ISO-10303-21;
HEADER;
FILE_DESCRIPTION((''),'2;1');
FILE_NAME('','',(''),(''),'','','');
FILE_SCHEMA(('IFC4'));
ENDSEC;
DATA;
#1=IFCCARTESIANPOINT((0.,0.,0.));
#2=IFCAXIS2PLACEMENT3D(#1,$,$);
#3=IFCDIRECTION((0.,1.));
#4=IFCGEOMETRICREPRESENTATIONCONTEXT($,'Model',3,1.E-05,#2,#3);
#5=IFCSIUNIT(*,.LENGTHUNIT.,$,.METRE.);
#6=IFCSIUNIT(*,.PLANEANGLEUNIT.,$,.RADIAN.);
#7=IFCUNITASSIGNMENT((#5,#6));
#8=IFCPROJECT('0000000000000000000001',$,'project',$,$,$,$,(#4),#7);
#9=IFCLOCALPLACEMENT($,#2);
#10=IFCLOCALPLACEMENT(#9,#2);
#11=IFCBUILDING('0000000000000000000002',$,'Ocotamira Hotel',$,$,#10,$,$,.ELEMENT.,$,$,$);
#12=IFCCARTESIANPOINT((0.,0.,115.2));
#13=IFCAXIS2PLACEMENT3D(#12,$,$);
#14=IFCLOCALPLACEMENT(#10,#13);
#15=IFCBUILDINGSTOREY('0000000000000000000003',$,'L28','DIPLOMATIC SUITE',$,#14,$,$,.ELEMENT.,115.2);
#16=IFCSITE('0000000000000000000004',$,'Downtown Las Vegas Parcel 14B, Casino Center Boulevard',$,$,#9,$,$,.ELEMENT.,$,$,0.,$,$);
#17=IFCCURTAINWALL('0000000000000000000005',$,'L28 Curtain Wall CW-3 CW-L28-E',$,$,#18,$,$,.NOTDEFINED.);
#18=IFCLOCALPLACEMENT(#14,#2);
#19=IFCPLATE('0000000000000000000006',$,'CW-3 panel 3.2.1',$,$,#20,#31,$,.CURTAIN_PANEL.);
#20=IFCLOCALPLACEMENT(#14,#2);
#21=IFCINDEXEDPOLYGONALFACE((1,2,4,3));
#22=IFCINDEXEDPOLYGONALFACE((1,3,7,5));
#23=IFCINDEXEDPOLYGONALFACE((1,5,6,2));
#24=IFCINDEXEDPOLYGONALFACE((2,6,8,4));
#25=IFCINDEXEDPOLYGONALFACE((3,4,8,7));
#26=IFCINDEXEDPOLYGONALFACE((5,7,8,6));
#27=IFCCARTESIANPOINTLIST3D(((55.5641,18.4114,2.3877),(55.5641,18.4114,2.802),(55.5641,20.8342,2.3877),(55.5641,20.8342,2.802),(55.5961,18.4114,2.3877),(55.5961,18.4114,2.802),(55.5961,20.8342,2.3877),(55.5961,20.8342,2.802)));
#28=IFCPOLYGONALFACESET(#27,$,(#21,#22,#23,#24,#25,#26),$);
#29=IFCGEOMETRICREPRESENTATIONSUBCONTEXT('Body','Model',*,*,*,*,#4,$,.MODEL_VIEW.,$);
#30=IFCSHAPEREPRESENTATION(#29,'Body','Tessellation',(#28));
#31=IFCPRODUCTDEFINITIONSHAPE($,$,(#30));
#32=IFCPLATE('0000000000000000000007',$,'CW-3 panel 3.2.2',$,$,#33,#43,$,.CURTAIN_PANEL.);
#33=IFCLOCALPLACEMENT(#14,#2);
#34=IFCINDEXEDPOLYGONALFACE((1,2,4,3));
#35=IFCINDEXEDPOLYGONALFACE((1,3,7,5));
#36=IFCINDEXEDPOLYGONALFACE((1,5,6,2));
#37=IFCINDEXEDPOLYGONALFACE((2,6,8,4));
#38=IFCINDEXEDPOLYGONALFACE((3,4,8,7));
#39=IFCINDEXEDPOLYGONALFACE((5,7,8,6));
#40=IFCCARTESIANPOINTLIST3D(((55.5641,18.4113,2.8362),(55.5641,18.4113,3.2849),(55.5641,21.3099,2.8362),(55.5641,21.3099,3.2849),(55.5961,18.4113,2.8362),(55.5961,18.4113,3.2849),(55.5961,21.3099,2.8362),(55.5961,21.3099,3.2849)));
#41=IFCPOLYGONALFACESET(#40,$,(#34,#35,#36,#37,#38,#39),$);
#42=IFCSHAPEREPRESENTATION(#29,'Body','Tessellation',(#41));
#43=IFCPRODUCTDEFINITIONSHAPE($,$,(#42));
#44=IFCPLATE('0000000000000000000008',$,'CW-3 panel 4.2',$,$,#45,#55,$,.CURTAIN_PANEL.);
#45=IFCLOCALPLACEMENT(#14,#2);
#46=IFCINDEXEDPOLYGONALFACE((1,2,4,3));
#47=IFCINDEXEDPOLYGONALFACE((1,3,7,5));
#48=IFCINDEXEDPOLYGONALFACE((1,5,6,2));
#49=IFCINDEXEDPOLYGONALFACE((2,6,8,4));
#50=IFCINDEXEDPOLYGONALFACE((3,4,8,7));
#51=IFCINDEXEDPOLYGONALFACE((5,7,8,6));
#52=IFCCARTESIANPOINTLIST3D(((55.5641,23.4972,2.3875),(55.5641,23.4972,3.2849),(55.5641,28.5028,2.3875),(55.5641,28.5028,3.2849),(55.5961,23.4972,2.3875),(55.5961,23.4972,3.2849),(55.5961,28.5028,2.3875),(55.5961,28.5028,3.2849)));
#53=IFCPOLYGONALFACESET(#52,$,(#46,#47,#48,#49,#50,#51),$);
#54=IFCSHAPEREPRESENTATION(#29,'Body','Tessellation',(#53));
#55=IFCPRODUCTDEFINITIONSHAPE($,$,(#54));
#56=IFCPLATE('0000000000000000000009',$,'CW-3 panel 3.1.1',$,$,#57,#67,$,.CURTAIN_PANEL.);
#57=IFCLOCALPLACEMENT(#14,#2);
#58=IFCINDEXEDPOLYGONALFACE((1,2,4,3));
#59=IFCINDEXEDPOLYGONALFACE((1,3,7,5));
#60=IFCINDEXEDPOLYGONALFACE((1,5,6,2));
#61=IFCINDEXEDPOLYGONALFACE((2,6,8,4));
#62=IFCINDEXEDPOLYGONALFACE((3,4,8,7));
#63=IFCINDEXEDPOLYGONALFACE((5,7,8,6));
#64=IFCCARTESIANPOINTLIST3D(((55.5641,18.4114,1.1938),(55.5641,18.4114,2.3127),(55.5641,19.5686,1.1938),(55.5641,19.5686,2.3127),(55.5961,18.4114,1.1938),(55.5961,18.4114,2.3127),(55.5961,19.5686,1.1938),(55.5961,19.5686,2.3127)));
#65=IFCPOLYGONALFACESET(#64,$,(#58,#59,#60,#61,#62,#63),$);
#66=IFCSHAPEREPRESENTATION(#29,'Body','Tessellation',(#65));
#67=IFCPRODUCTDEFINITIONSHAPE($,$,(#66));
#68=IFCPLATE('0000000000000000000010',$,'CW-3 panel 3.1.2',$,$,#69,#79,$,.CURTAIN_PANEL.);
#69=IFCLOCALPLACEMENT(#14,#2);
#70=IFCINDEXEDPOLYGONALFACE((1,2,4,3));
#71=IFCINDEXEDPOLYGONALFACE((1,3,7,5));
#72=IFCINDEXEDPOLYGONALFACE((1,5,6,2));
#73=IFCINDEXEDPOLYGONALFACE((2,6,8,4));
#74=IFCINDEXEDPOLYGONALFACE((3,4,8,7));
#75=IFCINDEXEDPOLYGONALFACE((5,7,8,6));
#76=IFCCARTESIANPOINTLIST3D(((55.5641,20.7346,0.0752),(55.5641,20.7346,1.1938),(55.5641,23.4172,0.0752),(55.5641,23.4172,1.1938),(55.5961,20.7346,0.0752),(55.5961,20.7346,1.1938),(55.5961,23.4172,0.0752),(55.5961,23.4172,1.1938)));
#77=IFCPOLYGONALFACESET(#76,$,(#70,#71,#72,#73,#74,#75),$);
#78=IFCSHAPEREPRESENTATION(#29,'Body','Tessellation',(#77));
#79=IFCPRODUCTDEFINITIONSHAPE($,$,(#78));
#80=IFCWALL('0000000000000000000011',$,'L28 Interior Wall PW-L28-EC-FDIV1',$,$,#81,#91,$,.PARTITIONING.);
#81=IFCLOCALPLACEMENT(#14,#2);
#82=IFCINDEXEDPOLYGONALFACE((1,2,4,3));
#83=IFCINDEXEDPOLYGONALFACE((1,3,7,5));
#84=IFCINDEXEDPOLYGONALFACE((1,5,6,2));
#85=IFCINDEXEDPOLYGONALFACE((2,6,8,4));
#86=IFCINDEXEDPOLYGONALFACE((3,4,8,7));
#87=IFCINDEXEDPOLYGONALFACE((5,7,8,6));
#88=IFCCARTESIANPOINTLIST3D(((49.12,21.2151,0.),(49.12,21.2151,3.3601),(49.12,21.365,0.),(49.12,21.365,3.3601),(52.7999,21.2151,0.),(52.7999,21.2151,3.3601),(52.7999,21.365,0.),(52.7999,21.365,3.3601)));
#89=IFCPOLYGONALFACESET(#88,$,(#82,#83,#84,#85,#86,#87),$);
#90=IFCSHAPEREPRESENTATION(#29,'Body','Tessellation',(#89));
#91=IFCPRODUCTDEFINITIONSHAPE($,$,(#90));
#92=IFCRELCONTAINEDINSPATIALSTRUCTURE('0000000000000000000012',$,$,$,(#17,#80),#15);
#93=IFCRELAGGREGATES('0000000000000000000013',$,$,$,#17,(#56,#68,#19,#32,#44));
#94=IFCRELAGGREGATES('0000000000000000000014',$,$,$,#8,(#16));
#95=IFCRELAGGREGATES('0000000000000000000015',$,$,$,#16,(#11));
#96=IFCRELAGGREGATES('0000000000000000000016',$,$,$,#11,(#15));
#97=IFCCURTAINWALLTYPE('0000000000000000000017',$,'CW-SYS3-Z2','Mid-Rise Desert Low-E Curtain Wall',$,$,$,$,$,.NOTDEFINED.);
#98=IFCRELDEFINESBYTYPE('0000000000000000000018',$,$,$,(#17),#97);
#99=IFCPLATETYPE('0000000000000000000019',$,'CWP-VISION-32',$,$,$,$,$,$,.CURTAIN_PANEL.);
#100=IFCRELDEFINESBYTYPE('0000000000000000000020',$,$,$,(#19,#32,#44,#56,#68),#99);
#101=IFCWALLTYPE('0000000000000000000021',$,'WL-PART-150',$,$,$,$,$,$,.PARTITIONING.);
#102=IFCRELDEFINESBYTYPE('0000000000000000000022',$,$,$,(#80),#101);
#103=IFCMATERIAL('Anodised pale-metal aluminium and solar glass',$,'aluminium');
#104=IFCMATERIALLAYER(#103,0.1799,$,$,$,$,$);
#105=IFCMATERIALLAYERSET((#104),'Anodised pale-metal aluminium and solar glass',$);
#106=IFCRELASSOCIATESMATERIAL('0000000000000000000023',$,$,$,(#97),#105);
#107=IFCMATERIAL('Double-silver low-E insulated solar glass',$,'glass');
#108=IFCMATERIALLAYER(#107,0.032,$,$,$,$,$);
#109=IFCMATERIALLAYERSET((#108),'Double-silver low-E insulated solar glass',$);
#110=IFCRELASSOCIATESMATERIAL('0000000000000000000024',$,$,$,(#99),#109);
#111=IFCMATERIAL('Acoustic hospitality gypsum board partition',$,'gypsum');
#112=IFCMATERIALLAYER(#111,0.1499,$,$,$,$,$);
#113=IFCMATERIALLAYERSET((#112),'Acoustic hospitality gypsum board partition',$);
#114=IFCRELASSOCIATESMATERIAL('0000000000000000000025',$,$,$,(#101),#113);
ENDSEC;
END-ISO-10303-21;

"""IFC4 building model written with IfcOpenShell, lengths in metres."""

from ifc_helpers import new_model, si_unit, direction, frame, frame_2d, origin, origin_2d, place, context, subcontext, project, spatial, rectangle, extrude, source, transform, mapped, material, layer, layer_set, type_object, element, aggregate, save


model = new_model("IFC4")

# Units and contexts
model_context = context("Model", 3, precision=1e-05, world=origin(), true_north=direction((0.0, 1.0)))
body_context = subcontext(model_context, "Body", "Model", "MODEL_VIEW")
ifc_project = project(units=[si_unit("LENGTHUNIT", "METRE"), si_unit("PLANEANGLEUNIT", "RADIAN")], contexts=[model_context])

# Site, building, storey
site_placement = place(None, origin())
site = spatial("IfcSite", under=ifc_project, at=site_placement, Name="Downtown Las Vegas Parcel 14B, Casino Center Boulevard", CompositionType="ELEMENT", RefElevation=0.0)
building_placement = place(site_placement, origin())
building = spatial("IfcBuilding", under=site, at=building_placement, Name="Ocotamira Hotel", CompositionType="ELEMENT")
storey_placement = place(building_placement, frame((0.0, 0.0, 115.2)))
storey = spatial("IfcBuildingStorey", under=building, at=storey_placement, Name="L28", Description="DIPLOMATIC SUITE", CompositionType="ELEMENT", Elevation=115.2)

# Curtain wall
ifc_material_1 = material(Name="Anodised pale-metal aluminium and solar glass", Category="aluminium")
ifc_layer_1 = layer(ifc_material_1, 0.1799)
ifc_layer_set_1 = layer_set([ifc_layer_1], Name="Anodised pale-metal aluminium and solar glass")
curtain_wall_type = type_object("IfcCurtainWallType", Name="CW-SYS3-Z2", Description="Mid-Rise Desert Low-E Curtain Wall", PredefinedType="NOTDEFINED", material=ifc_layer_set_1)
curtain_wall_placement = place(storey_placement, origin())
curtain_wall = element("IfcCurtainWall", 1, at=curtain_wall_placement, inside=storey, type_object=curtain_wall_type, Name="L28 Curtain Wall CW-3 CW-L28-E", PredefinedType="NOTDEFINED")

# Plates
ifc_material_2 = material(Name="Double-silver low-E insulated solar glass", Category="glass")
ifc_layer_2 = layer(ifc_material_2, 0.032)
ifc_layer_set_2 = layer_set([ifc_layer_2], Name="Double-silver low-E insulated solar glass")
plate_type_1 = type_object("IfcPlateType", Name="CWP-VISION-32", PredefinedType="CURTAIN_PANEL", material=ifc_layer_set_2)
shared_shape_1 = source(origin(), body_context, "Body", "SweptSolid", [
    extrude(rectangle(XDim=2.4229, YDim=0.032, at=origin_2d()), origin(), (0.0, 0.0, 1.0), 0.4143),
])
plate_1_placement = place(storey_placement, frame((55.5801, 19.6228, 2.3877), z_axis=(0.0, 0.0, 1.0), x_axis=(0.0, 1.0, 0.0)))
plate_1 = element("IfcPlate", 2, at=plate_1_placement, type_object=plate_type_1, Name="CW-3 panel 3.2.1", PredefinedType="CURTAIN_PANEL", context=body_context, shape_type="MappedRepresentation", body=[
    mapped(shared_shape_1, transform((0.0, 0.0, 0.0), scale=1.0)),
])
shared_shape_2 = source(origin(), body_context, "Body", "SweptSolid", [
    extrude(rectangle(XDim=2.8987, YDim=0.032, at=origin_2d()), origin(), (0.0, 0.0, 1.0), 0.4487),
])
plate_2_placement = place(storey_placement, frame((55.5801, 19.8606, 2.8362), z_axis=(0.0, 0.0, 1.0), x_axis=(0.0, 1.0, 0.0)))
plate_2 = element("IfcPlate", 3, at=plate_2_placement, type_object=plate_type_1, Name="CW-3 panel 3.2.2", PredefinedType="CURTAIN_PANEL", context=body_context, shape_type="MappedRepresentation", body=[
    mapped(shared_shape_2, transform((0.0, 0.0, 0.0), scale=1.0)),
])
shared_shape_3 = source(origin(), body_context, "Body", "SweptSolid", [
    extrude(rectangle(XDim=5.0056, YDim=0.032, at=origin_2d()), origin(), (0.0, 0.0, 1.0), 0.8975),
])
plate_3_placement = place(storey_placement, frame((55.5801, 26.0, 2.3875), z_axis=(0.0, 0.0, 1.0), x_axis=(0.0, 1.0, 0.0)))
plate_3 = element("IfcPlate", 4, at=plate_3_placement, type_object=plate_type_1, Name="CW-3 panel 4.2", PredefinedType="CURTAIN_PANEL", context=body_context, shape_type="MappedRepresentation", body=[
    mapped(shared_shape_3, transform((0.0, 0.0, 0.0), scale=1.0)),
])
shared_shape_4 = source(origin(), body_context, "Body", "SweptSolid", [
    extrude(rectangle(XDim=1.1572, YDim=0.032, at=origin_2d()), origin(), (0.0, 0.0, 1.0), 1.1189),
])
plate_4_placement = place(storey_placement, frame((55.5801, 18.99, 1.1938), z_axis=(0.0, 0.0, 1.0), x_axis=(0.0, 1.0, 0.0)))
plate_4 = element("IfcPlate", 5, at=plate_4_placement, type_object=plate_type_1, Name="CW-3 panel 3.1.1", PredefinedType="CURTAIN_PANEL", context=body_context, shape_type="MappedRepresentation", body=[
    mapped(shared_shape_4, transform((0.0, 0.0, 0.0), scale=1.0)),
])
shared_shape_5 = source(origin(), body_context, "Body", "SweptSolid", [
    extrude(rectangle(XDim=2.6826, YDim=0.032, at=origin_2d()), origin(), (0.0, 0.0, 1.0), 1.1187),
])
plate_5_placement = place(storey_placement, frame((55.5801, 22.0759, 0.0752), z_axis=(0.0, 0.0, 1.0), x_axis=(0.0, 1.0, 0.0)))
plate_5 = element("IfcPlate", 6, at=plate_5_placement, type_object=plate_type_1, Name="CW-3 panel 3.1.2", PredefinedType="CURTAIN_PANEL", context=body_context, shape_type="MappedRepresentation", body=[
    mapped(shared_shape_5, transform((0.0, 0.0, 0.0), scale=1.0)),
])
aggregate(curtain_wall, [plate_4, plate_5, plate_1, plate_2, plate_3])

# Wall
ifc_material_3 = material(Name="Acoustic hospitality gypsum board partition", Category="gypsum")
ifc_layer_3 = layer(ifc_material_3, 0.1499)
ifc_layer_set_3 = layer_set([ifc_layer_3], Name="Acoustic hospitality gypsum board partition")
wall_type = type_object("IfcWallType", Name="WL-PART-150", PredefinedType="PARTITIONING", material=ifc_layer_set_3)
wall_placement = place(storey_placement, frame((49.1201, 21.29, 0.0), z_axis=(0.0, 0.0, 1.0), x_axis=(1.0, 0.0, 0.0)))
element("IfcWall", 7, at=wall_placement, inside=storey, type_object=wall_type, Name="L28 Interior Wall PW-L28-EC-FDIV1", PredefinedType="PARTITIONING", context=body_context, shape_type="SweptSolid", body=[
    extrude(rectangle(XDim=3.6799, YDim=0.1499, at=frame_2d((1.8398, 0.0))), origin(), (0.0, 0.0, 1.0), 3.3601),
])

save(model, "model.ifc")
